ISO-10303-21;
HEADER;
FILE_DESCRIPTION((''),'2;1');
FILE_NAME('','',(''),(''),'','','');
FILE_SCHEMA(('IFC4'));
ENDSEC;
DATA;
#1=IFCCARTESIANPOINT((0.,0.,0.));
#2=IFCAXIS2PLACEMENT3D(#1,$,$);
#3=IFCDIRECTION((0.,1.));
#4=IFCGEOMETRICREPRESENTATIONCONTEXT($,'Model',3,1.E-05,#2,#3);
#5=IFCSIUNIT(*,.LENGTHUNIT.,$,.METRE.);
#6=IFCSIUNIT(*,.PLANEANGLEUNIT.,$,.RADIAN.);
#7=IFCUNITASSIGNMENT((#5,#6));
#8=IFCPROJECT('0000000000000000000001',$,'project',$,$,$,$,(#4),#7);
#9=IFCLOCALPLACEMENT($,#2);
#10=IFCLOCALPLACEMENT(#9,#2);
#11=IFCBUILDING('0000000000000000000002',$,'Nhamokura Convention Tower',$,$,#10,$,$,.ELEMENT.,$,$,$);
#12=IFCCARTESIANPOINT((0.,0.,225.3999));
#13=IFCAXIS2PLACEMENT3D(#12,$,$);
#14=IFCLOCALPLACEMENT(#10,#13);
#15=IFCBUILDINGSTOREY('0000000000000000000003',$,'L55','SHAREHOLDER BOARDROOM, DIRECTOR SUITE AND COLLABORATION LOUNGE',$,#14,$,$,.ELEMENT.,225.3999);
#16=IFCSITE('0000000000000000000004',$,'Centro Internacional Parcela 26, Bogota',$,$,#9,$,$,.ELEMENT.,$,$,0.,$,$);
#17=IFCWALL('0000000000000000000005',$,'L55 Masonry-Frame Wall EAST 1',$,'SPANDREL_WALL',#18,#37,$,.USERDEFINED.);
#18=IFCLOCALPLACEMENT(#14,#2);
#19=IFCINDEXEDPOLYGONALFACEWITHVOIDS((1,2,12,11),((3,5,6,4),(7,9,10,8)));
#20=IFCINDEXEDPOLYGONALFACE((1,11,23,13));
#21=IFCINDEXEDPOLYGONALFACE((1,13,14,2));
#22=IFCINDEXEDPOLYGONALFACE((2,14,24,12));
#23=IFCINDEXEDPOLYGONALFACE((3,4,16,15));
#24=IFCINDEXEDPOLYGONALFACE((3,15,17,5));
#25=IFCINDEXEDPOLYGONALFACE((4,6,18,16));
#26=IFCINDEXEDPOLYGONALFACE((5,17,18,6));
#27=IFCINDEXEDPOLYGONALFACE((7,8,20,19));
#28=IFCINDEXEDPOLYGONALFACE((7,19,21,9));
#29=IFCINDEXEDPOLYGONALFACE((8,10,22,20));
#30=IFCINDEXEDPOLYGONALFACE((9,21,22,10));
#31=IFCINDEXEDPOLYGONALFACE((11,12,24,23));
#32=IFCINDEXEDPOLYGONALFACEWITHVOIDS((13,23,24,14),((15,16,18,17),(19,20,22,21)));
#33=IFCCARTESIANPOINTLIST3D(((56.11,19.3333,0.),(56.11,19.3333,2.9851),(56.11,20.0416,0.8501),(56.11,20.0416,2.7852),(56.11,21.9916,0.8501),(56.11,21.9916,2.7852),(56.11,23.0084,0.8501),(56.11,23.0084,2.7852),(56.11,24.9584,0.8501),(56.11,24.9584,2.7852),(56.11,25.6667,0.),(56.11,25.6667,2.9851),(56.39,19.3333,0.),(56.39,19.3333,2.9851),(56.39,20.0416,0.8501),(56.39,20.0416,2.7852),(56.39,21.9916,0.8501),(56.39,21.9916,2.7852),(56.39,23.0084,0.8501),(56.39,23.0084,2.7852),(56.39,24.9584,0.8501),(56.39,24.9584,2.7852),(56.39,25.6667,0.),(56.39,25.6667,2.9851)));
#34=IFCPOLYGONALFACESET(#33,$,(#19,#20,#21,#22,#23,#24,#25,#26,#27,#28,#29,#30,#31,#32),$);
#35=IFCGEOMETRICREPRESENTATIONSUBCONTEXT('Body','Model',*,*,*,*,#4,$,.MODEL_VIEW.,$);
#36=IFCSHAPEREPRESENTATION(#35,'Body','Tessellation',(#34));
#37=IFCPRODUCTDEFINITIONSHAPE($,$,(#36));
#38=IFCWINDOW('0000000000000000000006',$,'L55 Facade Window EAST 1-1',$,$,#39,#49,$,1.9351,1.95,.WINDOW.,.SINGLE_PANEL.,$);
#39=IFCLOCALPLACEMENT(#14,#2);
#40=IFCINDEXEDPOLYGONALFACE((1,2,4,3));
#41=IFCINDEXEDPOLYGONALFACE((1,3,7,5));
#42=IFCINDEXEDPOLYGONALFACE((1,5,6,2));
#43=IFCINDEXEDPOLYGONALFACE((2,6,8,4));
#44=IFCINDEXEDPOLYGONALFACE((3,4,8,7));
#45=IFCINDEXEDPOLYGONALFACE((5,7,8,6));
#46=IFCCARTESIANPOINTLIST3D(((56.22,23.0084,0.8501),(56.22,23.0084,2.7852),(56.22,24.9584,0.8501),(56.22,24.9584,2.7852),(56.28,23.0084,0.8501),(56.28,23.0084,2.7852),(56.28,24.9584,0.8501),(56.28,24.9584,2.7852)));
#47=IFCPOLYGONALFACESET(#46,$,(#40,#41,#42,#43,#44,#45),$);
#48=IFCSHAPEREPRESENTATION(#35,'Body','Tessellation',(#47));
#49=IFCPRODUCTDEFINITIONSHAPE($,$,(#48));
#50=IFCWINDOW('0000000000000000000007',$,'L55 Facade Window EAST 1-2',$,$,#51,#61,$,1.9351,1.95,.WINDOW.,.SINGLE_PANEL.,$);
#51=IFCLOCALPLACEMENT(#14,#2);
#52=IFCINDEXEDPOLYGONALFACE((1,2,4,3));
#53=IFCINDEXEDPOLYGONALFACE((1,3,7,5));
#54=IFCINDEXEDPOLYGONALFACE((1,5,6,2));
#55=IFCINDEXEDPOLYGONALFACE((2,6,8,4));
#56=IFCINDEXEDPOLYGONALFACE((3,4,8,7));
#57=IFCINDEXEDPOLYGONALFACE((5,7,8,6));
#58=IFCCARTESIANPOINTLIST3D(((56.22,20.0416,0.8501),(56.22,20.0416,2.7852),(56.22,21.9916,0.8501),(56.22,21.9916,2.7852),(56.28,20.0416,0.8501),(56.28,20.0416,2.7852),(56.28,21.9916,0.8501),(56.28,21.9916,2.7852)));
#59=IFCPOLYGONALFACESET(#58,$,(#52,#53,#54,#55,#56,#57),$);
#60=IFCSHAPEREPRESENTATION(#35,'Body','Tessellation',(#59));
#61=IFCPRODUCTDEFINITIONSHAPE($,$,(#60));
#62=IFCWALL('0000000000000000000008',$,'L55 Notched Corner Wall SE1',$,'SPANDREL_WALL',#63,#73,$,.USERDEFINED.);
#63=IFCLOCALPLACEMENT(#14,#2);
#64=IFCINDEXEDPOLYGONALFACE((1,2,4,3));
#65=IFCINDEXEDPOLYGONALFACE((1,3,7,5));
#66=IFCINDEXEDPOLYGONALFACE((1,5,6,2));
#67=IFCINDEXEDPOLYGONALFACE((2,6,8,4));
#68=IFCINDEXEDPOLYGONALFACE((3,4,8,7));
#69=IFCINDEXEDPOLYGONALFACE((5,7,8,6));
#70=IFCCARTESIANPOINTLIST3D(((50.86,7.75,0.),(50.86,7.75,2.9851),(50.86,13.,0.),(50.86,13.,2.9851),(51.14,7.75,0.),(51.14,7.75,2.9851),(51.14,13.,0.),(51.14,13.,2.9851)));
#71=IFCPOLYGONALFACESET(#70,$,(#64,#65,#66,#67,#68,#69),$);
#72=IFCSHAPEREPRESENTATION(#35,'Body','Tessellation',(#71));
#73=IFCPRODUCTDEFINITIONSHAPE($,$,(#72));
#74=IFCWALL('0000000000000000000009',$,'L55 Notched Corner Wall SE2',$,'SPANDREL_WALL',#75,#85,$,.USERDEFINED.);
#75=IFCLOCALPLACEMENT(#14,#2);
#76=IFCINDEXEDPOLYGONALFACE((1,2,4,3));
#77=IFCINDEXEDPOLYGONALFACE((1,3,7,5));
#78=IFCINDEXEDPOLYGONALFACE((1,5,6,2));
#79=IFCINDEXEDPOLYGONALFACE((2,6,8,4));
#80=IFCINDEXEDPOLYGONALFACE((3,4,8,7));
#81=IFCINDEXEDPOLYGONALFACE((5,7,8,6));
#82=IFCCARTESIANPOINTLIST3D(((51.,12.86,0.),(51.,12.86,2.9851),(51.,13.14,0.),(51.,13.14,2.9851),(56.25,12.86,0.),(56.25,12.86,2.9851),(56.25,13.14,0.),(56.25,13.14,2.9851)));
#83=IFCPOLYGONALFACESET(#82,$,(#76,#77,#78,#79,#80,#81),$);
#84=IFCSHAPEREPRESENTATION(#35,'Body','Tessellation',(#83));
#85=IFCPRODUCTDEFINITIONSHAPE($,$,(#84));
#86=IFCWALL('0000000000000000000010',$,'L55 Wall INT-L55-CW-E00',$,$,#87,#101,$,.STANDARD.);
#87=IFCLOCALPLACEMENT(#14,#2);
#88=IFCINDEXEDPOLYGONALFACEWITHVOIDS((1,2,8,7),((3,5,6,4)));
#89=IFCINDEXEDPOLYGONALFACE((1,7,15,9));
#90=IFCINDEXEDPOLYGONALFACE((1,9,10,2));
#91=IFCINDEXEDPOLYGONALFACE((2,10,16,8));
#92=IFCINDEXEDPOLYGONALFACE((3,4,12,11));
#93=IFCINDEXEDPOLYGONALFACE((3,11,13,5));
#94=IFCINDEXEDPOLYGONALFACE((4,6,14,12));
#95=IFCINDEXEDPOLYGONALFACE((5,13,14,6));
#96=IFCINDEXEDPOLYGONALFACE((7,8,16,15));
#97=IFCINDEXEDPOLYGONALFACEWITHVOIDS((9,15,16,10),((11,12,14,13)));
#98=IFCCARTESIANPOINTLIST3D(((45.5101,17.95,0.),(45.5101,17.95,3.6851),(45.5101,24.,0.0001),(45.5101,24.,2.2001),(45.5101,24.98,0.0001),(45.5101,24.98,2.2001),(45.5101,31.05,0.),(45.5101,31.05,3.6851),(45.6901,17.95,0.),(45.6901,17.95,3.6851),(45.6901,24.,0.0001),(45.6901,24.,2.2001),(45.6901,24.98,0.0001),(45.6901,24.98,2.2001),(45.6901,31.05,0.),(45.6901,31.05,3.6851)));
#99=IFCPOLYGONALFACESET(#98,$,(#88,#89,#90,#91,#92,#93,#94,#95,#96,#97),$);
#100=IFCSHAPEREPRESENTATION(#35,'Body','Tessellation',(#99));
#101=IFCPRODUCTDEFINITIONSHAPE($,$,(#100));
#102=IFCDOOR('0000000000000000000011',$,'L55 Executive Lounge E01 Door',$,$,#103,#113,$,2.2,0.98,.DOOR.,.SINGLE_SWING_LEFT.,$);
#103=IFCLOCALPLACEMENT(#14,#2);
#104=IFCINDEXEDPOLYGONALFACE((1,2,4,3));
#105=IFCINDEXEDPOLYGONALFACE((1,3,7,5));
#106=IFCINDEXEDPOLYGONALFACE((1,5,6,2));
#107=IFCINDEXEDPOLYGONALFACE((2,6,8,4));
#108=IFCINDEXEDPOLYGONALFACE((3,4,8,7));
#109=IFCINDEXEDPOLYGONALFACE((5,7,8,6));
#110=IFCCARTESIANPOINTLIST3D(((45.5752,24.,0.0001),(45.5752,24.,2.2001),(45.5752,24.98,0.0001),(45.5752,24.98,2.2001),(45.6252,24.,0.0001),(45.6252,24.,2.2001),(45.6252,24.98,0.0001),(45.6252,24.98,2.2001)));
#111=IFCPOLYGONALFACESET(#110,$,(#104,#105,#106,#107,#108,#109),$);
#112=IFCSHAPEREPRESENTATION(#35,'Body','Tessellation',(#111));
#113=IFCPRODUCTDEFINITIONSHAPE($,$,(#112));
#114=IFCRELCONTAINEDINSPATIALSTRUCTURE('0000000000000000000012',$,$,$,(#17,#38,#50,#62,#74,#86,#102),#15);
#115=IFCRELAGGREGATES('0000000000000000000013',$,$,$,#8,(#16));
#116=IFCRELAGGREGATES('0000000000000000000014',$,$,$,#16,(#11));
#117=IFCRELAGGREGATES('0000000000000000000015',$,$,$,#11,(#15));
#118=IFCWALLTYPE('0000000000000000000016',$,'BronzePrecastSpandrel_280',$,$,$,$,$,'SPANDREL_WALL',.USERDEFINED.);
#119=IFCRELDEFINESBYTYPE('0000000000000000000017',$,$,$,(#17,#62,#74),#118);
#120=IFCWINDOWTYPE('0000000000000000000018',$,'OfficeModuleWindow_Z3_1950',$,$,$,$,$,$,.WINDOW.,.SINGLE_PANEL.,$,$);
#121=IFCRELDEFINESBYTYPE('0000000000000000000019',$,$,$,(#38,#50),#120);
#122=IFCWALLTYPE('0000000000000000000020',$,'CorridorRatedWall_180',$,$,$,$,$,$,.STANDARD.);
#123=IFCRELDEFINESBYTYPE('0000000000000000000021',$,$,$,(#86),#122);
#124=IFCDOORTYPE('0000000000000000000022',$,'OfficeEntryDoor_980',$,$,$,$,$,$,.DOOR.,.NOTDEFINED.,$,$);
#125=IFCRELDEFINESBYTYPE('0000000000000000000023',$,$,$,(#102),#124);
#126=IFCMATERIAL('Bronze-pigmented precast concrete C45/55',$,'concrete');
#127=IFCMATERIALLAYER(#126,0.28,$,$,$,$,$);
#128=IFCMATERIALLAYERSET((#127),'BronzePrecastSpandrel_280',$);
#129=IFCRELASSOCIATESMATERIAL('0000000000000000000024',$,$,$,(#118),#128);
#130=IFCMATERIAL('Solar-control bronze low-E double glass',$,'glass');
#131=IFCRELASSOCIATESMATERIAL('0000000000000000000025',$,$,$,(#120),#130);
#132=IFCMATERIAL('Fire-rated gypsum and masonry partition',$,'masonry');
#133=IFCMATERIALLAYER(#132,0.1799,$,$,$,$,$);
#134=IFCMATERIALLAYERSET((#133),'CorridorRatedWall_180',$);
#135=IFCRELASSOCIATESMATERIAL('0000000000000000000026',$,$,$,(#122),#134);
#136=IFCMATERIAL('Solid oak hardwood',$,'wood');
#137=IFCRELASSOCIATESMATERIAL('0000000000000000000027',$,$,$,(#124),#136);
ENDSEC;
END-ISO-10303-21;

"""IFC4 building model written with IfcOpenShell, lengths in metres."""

from ifc_helpers import new_model, si_unit, direction, frame, frame_2d, origin, place, context, subcontext, project, spatial, rectangle, extrude, material, layer, layer_set, type_object, element, fill, save


model = new_model("IFC4")

# Units and contexts
model_context = context("Model", 3, precision=1e-05, world=origin(), true_north=direction((0.0, 1.0)))
body_context = subcontext(model_context, "Body", "Model", "MODEL_VIEW")
ifc_project = project(units=[si_unit("LENGTHUNIT", "METRE"), si_unit("PLANEANGLEUNIT", "RADIAN")], contexts=[model_context])

# Site, building, storey
site_placement = place(None, origin())
site = spatial("IfcSite", under=ifc_project, at=site_placement, Name="Centro Internacional Parcela 26, Bogota", CompositionType="ELEMENT", RefElevation=0.0)
building_placement = place(site_placement, origin())
building = spatial("IfcBuilding", under=site, at=building_placement, Name="Nhamokura Convention Tower", CompositionType="ELEMENT")
storey_placement = place(building_placement, frame((0.0, 0.0, 225.3999)))
storey = spatial("IfcBuildingStorey", under=building, at=storey_placement, Name="L55", Description="SHAREHOLDER BOARDROOM, DIRECTOR SUITE AND COLLABORATION LOUNGE", CompositionType="ELEMENT", Elevation=225.3999)

# Shared definitions
ifc_material_1 = material(Name="Bronze-pigmented precast concrete C45/55", Category="concrete")
ifc_layer_1 = layer(ifc_material_1, 0.28)
ifc_layer_set_1 = layer_set([ifc_layer_1], Name="BronzePrecastSpandrel_280")
wall_type_1 = type_object("IfcWallType", Name="BronzePrecastSpandrel_280", ElementType="SPANDREL_WALL", PredefinedType="USERDEFINED", material=ifc_layer_set_1)
ifc_material_2 = material(Name="Solar-control bronze low-E double glass", Category="glass")
window_type = type_object("IfcWindowType", Name="OfficeModuleWindow_Z3_1950", PartitioningType="SINGLE_PANEL", PredefinedType="WINDOW", material=ifc_material_2)

# Wall, openings, windows
wall_1_placement = place(storey_placement, frame((56.25, 25.6667, 0.0), z_axis=(0.0, 0.0, 1.0), x_axis=(0.0, -1.0, 0.0)))
wall_1 = element("IfcWall", 1, at=wall_1_placement, inside=storey, type_object=wall_type_1, Name="L55 Masonry-Frame Wall EAST 1", ObjectType="SPANDREL_WALL", PredefinedType="USERDEFINED", context=body_context, shape_type="SweptSolid", body=[
    extrude(rectangle(XDim=6.3335, YDim=0.28, at=frame_2d((3.1667, 0.0))), origin(), (0.0, 0.0, 1.0), 2.9851),
])
opening_1_placement = place(wall_1_placement, frame((0.7083, 0.0, 0.8501)))
opening_1 = element("IfcOpeningElement", 2, at=opening_1_placement, cuts=wall_1, PredefinedType="OPENING", context=body_context, shape_type="SweptSolid", body=[
    extrude(rectangle(XDim=1.95, YDim=1.9351, at=frame_2d((0.9751, 0.9675))), frame((0.0, 0.1499, 0.0), z_axis=(0.0, -1.0, 0.0), x_axis=(1.0, 0.0, 0.0)), (0.0, 0.0, 1.0), 0.3),
])
opening_2_placement = place(wall_1_placement, frame((3.675, 0.0, 0.8501)))
opening_2 = element("IfcOpeningElement", 3, at=opening_2_placement, cuts=wall_1, PredefinedType="OPENING", context=body_context, shape_type="SweptSolid", body=[
    extrude(rectangle(XDim=1.95, YDim=1.9351, at=frame_2d((0.9751, 0.9675))), frame((0.0, 0.1499, 0.0), z_axis=(0.0, -1.0, 0.0), x_axis=(1.0, 0.0, 0.0)), (0.0, 0.0, 1.0), 0.3),
])
window_1_placement = place(opening_1_placement, origin())
window_1 = element("IfcWindow", 4, at=window_1_placement, inside=storey, type_object=window_type, Name="L55 Facade Window EAST 1-1", OverallHeight=1.9351, OverallWidth=1.95, PartitioningType="SINGLE_PANEL", PredefinedType="WINDOW", context=body_context, shape_type="SweptSolid", body=[
    extrude(rectangle(XDim=1.95, YDim=1.9351, at=frame_2d((0.9751, 0.9675))), frame((0.0, 0.03, 0.0), z_axis=(0.0, -1.0, 0.0), x_axis=(1.0, 0.0, 0.0)), (0.0, 0.0, 1.0), 0.0601),
])
fill(opening_1, window_1)
window_2_placement = place(opening_2_placement, origin())
window_2 = element("IfcWindow", 5, at=window_2_placement, inside=storey, type_object=window_type, Name="L55 Facade Window EAST 1-2", OverallHeight=1.9351, OverallWidth=1.95, PartitioningType="SINGLE_PANEL", PredefinedType="WINDOW", context=body_context, shape_type="SweptSolid", body=[
    extrude(rectangle(XDim=1.95, YDim=1.9351, at=frame_2d((0.9751, 0.9675))), frame((0.0, 0.03, 0.0), z_axis=(0.0, -1.0, 0.0), x_axis=(1.0, 0.0, 0.0)), (0.0, 0.0, 1.0), 0.0601),
])
fill(opening_2, window_2)

# Walls
for number, where, z_axis, x_axis, name in (
    (6, (51.0, 13.0, 0.0), (0.0, 0.0, 1.0), (0.0, -1.0, 0.0), "L55 Notched Corner Wall SE1"),
    (7, (56.25, 13.0, 0.0), (0.0, 0.0, 1.0), (-1.0, 0.0, 0.0), "L55 Notched Corner Wall SE2"),
):
    element("IfcWall", number, at=place(storey_placement, frame(where, z_axis=z_axis, x_axis=x_axis)), inside=storey, type_object=wall_type_1, Name=name, ObjectType="SPANDREL_WALL", PredefinedType="USERDEFINED", context=body_context, shape_type="SweptSolid", body=[
        extrude(rectangle(XDim=5.25, YDim=0.28, at=frame_2d((2.625, 0.0))), origin(), (0.0, 0.0, 1.0), 2.9851),
    ])

# Wall, opening, door
ifc_material_3 = material(Name="Fire-rated gypsum and masonry partition", Category="masonry")
ifc_layer_2 = layer(ifc_material_3, 0.1799)
ifc_layer_set_2 = layer_set([ifc_layer_2], Name="CorridorRatedWall_180")
wall_type_2 = type_object("IfcWallType", Name="CorridorRatedWall_180", PredefinedType="STANDARD", material=ifc_layer_set_2)
wall_2_placement = place(storey_placement, frame((45.6001, 17.95, 0.0), z_axis=(0.0, 0.0, 1.0), x_axis=(0.0, 1.0, 0.0)))
wall_2 = element("IfcWall", 8, at=wall_2_placement, inside=storey, type_object=wall_type_2, Name="L55 Wall INT-L55-CW-E00", PredefinedType="STANDARD", context=body_context, shape_type="SweptSolid", body=[
    extrude(rectangle(XDim=13.1001, YDim=0.1799, at=frame_2d((6.55, 0.0))), origin(), (0.0, 0.0, 1.0), 3.6851),
])
opening_3_placement = place(wall_2_placement, frame((6.05, 0.0, 0.0)))
opening_3 = element("IfcOpeningElement", 9, at=opening_3_placement, cuts=wall_2, PredefinedType="OPENING", context=body_context, shape_type="SweptSolid", body=[
    extrude(rectangle(XDim=0.98, YDim=2.2, at=frame_2d((0.49, 1.1001))), frame((0.0, 0.0999, 0.0), z_axis=(0.0, -1.0, 0.0), x_axis=(1.0, 0.0, 0.0)), (0.0, 0.0, 1.0), 0.2),
])
ifc_material_4 = material(Name="Solid oak hardwood", Category="wood")
door_type_1 = type_object("IfcDoorType", Name="OfficeEntryDoor_980", OperationType="NOTDEFINED", PredefinedType="DOOR", material=ifc_material_4)
door_1_placement = place(opening_3_placement, origin())
door_1 = element("IfcDoor", 10, at=door_1_placement, inside=storey, type_object=door_type_1, Name="L55 Executive Lounge E01 Door", OperationType="SINGLE_SWING_LEFT", OverallHeight=2.2, OverallWidth=0.98, PredefinedType="DOOR", context=body_context, shape_type="SweptSolid", body=[
    extrude(rectangle(XDim=0.98, YDim=2.2, at=frame_2d((0.49, 1.1001))), frame((0.0, 0.0249, 0.0), z_axis=(0.0, -1.0, 0.0), x_axis=(1.0, 0.0, 0.0)), (0.0, 0.0, 1.0), 0.05),
])
fill(opening_3, door_1)

save(model, "model.ifc")
